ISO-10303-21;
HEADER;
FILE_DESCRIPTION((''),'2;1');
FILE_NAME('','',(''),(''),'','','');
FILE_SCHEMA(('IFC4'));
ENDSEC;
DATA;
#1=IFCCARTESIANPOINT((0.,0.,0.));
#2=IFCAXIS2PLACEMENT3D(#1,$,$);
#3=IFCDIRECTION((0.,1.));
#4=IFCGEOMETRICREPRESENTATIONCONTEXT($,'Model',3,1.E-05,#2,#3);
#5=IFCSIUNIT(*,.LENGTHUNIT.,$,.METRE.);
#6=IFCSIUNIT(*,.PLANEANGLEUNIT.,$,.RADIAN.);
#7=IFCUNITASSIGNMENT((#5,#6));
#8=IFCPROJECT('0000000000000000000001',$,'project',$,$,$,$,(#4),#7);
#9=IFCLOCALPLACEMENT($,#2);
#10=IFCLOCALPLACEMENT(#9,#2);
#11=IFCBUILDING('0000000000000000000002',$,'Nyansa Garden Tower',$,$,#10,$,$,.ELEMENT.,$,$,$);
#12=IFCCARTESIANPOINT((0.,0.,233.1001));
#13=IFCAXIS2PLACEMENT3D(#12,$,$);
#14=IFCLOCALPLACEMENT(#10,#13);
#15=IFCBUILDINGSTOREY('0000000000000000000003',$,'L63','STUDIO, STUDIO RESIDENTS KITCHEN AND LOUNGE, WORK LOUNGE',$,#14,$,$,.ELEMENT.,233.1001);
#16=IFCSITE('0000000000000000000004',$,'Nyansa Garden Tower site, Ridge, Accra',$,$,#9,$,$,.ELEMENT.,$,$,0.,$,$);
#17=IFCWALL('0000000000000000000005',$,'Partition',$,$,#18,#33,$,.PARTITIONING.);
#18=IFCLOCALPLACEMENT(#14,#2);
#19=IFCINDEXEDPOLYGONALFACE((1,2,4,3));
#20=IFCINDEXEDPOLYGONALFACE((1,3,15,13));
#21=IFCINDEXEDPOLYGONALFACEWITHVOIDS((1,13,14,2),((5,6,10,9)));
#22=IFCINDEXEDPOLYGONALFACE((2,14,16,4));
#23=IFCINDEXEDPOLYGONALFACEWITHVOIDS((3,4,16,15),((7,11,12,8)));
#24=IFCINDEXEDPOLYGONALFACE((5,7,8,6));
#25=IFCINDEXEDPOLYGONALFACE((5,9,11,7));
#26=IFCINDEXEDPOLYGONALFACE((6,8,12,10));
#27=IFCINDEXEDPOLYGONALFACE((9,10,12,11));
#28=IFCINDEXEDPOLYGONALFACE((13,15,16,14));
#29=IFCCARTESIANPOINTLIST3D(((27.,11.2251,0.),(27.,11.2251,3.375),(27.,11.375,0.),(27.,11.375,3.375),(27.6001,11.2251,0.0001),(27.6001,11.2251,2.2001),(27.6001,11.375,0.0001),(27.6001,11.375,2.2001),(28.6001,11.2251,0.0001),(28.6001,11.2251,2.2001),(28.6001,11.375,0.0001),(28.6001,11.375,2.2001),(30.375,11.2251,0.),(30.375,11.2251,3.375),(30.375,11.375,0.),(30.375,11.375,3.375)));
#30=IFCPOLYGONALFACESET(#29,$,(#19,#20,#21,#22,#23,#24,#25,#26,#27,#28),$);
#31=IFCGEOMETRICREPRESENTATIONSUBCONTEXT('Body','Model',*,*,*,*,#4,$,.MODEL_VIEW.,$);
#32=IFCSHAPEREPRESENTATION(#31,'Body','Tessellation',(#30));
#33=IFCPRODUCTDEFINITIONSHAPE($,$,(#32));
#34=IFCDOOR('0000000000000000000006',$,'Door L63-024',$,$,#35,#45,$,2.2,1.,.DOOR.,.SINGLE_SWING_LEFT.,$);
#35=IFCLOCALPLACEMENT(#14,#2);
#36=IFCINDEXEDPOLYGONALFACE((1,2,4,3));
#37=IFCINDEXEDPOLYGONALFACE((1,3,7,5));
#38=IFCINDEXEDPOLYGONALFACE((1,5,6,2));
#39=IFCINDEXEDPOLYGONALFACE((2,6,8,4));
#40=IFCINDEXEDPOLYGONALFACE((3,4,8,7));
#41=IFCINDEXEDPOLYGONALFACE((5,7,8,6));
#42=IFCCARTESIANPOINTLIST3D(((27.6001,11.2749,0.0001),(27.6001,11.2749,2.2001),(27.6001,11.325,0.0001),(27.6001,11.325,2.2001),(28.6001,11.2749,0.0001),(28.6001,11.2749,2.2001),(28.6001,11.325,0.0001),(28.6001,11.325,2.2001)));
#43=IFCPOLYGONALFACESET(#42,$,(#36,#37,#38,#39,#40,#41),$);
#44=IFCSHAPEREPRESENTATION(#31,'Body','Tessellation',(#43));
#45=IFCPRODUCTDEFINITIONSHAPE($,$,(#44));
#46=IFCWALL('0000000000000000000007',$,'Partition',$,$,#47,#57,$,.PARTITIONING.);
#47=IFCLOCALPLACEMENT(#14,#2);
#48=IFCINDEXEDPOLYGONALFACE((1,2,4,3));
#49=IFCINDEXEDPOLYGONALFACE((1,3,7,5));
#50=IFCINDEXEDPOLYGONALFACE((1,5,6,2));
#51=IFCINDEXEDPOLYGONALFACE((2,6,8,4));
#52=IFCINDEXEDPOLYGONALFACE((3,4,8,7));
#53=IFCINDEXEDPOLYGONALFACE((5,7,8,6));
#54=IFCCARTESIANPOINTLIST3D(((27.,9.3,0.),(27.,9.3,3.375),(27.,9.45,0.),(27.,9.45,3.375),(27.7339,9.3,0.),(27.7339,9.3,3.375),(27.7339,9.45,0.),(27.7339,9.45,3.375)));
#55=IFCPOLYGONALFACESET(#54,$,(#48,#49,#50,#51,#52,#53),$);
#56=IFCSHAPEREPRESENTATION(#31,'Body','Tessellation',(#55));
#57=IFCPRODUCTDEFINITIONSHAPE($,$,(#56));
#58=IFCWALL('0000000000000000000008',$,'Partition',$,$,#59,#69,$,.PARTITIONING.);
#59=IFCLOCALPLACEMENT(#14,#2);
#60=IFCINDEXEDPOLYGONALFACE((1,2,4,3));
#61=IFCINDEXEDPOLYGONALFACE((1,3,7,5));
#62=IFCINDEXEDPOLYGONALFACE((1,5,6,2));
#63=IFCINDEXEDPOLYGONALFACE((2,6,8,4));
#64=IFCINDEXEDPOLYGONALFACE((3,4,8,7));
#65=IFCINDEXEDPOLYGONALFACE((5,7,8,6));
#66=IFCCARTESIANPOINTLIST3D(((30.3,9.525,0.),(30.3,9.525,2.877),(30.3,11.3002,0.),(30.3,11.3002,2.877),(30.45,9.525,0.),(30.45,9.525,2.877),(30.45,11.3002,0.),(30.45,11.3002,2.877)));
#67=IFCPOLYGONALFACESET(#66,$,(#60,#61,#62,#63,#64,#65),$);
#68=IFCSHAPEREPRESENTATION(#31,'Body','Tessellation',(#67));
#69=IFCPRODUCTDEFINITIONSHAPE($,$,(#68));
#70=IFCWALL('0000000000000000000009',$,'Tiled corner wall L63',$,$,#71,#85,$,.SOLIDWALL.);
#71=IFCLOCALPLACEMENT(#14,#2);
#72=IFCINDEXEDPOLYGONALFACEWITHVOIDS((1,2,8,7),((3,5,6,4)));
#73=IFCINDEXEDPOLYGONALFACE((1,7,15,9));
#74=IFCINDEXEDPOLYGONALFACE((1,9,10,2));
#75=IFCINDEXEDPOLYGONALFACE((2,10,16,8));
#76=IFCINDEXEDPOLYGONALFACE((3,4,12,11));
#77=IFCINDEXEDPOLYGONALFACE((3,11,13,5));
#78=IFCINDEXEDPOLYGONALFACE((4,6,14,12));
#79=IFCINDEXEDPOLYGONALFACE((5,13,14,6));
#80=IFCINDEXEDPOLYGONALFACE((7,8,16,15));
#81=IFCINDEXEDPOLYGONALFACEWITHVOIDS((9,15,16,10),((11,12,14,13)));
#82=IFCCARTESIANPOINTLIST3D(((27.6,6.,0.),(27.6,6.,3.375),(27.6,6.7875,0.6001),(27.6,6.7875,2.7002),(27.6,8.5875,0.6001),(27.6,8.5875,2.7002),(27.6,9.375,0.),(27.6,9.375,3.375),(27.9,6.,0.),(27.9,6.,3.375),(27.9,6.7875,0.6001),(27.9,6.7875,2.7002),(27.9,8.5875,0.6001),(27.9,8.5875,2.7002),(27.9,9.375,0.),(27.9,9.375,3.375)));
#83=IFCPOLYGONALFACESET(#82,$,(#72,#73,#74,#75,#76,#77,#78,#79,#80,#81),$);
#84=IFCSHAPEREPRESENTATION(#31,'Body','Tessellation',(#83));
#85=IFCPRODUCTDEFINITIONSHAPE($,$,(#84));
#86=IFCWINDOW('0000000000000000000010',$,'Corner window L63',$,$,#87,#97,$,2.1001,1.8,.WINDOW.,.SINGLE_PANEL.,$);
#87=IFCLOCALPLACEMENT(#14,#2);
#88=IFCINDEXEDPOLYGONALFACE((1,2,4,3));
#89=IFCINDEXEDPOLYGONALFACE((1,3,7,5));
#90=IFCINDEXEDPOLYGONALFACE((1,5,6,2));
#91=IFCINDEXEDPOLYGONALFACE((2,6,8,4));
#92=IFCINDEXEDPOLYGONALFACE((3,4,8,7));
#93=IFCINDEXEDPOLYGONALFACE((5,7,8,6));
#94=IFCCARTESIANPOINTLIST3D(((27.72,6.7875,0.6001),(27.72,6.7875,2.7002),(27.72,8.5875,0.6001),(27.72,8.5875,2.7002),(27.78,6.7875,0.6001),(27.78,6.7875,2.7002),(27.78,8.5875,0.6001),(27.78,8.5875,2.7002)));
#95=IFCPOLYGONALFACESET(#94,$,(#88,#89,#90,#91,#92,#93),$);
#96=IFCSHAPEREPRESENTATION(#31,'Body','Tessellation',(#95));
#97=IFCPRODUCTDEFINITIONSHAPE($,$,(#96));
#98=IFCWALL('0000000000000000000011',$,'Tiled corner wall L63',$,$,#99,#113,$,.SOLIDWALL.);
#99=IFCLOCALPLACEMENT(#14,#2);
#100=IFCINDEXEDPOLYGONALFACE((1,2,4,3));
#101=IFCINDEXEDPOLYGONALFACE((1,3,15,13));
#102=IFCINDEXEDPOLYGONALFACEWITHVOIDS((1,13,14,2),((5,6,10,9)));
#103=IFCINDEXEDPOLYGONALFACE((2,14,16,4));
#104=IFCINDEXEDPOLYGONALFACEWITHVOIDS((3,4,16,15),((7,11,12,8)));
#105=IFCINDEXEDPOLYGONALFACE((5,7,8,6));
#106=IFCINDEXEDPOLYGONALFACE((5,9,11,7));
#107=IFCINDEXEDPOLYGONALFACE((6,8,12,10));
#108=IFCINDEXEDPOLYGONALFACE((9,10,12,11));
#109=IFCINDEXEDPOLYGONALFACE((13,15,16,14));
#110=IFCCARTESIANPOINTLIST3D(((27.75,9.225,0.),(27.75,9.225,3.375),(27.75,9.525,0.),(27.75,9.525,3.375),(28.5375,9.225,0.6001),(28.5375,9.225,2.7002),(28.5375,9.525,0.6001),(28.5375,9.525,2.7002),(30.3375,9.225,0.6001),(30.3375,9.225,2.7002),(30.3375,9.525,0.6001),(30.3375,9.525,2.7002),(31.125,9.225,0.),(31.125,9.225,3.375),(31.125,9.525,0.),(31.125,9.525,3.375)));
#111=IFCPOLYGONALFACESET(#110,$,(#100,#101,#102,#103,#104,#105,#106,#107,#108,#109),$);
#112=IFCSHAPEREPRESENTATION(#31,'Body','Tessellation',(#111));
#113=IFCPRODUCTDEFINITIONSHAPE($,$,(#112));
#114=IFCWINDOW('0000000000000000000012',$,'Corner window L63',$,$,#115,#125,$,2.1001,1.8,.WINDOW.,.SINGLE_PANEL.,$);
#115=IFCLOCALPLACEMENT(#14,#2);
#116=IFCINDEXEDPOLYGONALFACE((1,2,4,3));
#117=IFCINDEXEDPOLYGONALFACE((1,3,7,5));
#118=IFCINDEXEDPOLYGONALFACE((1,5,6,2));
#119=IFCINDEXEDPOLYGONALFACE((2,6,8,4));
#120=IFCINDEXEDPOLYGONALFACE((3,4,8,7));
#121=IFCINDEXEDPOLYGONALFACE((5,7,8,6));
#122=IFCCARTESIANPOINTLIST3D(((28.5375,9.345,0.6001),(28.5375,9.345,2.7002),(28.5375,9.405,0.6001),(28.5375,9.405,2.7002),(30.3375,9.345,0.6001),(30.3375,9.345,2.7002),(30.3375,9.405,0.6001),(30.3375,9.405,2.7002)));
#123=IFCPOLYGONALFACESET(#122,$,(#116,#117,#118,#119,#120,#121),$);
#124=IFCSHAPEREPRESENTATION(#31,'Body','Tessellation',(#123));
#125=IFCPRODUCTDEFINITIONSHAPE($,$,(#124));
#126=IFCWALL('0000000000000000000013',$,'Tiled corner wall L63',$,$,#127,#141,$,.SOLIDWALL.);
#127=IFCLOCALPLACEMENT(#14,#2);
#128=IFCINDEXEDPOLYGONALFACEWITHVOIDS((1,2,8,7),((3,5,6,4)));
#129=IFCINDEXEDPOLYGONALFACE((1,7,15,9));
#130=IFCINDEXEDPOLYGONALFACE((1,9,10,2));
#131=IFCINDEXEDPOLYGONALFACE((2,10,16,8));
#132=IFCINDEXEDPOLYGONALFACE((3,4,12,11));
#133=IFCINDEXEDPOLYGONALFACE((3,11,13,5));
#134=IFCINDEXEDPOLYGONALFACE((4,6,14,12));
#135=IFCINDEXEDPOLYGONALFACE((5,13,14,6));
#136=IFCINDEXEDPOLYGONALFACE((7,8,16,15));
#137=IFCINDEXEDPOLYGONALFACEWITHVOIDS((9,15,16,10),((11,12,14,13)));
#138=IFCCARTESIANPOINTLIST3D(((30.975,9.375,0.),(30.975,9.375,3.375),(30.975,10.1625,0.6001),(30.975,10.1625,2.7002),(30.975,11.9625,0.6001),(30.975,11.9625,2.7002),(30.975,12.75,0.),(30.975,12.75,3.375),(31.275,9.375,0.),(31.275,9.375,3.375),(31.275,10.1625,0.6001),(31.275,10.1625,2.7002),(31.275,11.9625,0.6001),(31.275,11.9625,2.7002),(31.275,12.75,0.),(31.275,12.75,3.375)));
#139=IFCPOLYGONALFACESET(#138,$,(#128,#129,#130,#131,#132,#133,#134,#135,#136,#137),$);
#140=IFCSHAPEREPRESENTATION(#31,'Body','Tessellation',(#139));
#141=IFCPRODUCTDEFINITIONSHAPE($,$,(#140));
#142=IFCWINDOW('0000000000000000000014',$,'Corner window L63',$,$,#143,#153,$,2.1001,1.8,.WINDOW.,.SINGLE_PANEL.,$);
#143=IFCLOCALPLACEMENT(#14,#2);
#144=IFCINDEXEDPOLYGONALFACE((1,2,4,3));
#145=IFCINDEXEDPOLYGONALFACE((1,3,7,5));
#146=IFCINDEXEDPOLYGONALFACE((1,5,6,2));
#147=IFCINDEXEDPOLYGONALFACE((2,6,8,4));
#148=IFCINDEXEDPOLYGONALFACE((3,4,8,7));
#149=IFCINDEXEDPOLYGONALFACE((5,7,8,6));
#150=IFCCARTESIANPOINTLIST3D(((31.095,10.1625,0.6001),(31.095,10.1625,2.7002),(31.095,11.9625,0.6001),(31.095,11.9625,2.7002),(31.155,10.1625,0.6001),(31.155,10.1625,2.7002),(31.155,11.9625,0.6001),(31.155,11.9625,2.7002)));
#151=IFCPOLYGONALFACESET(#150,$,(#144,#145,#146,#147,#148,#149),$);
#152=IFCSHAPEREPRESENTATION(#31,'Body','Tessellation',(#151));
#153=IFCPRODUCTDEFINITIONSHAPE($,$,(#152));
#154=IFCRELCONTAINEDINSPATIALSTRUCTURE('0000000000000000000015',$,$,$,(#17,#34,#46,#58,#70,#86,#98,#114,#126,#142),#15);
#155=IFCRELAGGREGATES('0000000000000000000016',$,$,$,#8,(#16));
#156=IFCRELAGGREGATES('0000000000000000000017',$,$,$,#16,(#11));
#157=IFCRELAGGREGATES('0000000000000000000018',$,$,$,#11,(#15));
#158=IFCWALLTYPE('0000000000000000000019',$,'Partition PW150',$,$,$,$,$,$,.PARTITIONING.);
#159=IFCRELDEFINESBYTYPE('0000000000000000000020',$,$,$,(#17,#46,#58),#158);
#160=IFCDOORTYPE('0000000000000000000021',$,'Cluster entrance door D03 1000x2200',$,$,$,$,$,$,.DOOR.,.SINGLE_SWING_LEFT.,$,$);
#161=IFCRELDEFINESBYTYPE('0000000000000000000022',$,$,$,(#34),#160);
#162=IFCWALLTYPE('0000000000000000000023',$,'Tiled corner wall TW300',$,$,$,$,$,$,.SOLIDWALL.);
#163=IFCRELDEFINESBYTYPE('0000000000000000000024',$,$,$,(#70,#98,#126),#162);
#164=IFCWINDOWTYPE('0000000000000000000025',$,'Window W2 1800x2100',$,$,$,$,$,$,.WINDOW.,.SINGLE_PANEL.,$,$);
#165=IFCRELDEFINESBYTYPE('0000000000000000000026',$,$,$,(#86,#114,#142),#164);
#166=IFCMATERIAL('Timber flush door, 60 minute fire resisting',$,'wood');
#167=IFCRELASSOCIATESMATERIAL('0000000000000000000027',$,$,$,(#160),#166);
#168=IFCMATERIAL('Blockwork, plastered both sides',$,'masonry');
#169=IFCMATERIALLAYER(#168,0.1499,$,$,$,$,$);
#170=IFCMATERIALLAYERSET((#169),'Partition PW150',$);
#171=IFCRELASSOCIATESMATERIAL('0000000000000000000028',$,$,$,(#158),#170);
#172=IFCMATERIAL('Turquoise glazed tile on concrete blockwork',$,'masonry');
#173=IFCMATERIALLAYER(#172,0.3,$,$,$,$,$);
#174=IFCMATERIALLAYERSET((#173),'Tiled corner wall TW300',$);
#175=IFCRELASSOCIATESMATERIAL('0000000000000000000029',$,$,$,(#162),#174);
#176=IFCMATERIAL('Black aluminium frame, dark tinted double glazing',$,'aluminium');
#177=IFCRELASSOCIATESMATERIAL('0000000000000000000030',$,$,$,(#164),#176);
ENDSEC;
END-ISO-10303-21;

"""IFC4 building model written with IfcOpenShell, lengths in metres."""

from ifc_helpers import new_model, si_unit, direction, frame, frame_2d, origin, place, context, subcontext, project, spatial, rectangle, extrude, material, layer, layer_set, type_object, element, fill, save


model = new_model("IFC4")

# Units and contexts
model_context = context("Model", 3, precision=1e-05, world=origin(), true_north=direction((0.0, 1.0)))
body_context = subcontext(model_context, "Body", "Model", "MODEL_VIEW")
ifc_project = project(units=[si_unit("LENGTHUNIT", "METRE"), si_unit("PLANEANGLEUNIT", "RADIAN")], contexts=[model_context])

# Site, building, storey
site_placement = place(None, origin())
site = spatial("IfcSite", under=ifc_project, at=site_placement, Name="Nyansa Garden Tower site, Ridge, Accra", CompositionType="ELEMENT", RefElevation=0.0)
building_placement = place(site_placement, origin())
building = spatial("IfcBuilding", under=site, at=building_placement, Name="Nyansa Garden Tower", CompositionType="ELEMENT")
storey_placement = place(building_placement, frame((0.0, 0.0, 233.1001)))
storey = spatial("IfcBuildingStorey", under=building, at=storey_placement, Name="L63", Description="STUDIO, STUDIO RESIDENTS KITCHEN AND LOUNGE, WORK LOUNGE", CompositionType="ELEMENT", Elevation=233.1001)

# Shared definitions
ifc_material_1 = material(Name="Timber flush door, 60 minute fire resisting", Category="wood")
door_type_1 = type_object("IfcDoorType", Name="Cluster entrance door D03 1000x2200", OperationType="SINGLE_SWING_LEFT", PredefinedType="DOOR", material=ifc_material_1)

# Wall, opening, door
ifc_material_2 = material(Name="Blockwork, plastered both sides", Category="masonry")
ifc_layer_1 = layer(ifc_material_2, 0.1499)
ifc_layer_set_1 = layer_set([ifc_layer_1], Name="Partition PW150")
wall_type_1 = type_object("IfcWallType", Name="Partition PW150", PredefinedType="PARTITIONING", material=ifc_layer_set_1)
wall_1_placement = place(storey_placement, frame((27.0, 11.3, 0.0), z_axis=(0.0, 0.0, 1.0), x_axis=(1.0, 0.0, 0.0)))
wall_1 = element("IfcWall", 1, at=wall_1_placement, inside=storey, type_object=wall_type_1, Name="Partition", PredefinedType="PARTITIONING", context=body_context, shape_type="SweptSolid", body=[
    extrude(rectangle(XDim=3.375, YDim=0.1499, at=frame_2d((1.6875, 0.0))), origin(), (0.0, 0.0, 1.0), 3.375),
])
opening_1_placement = place(wall_1_placement, frame((0.6001, 0.0, 0.0)))
opening_1 = element("IfcOpeningElement", 2, at=opening_1_placement, cuts=wall_1, PredefinedType="OPENING", context=body_context, shape_type="SweptSolid", body=[
    extrude(rectangle(XDim=1.0, YDim=2.2, at=frame_2d((0.5, 1.1001))), frame((0.0, 0.085, 0.0), z_axis=(0.0, -1.0, 0.0), x_axis=(1.0, 0.0, 0.0)), (0.0, 0.0, 1.0), 0.1699),
])
door_1_placement = place(opening_1_placement, origin())
door_1 = element("IfcDoor", 3, at=door_1_placement, inside=storey, type_object=door_type_1, Name="Door L63-024", OperationType="SINGLE_SWING_LEFT", OverallHeight=2.2, OverallWidth=1.0, PredefinedType="DOOR", context=body_context, shape_type="SweptSolid", body=[
    extrude(rectangle(XDim=1.0, YDim=2.2, at=frame_2d((0.5, 1.1001))), frame((0.0, 0.0249, 0.0), z_axis=(0.0, -1.0, 0.0), x_axis=(1.0, 0.0, 0.0)), (0.0, 0.0, 1.0), 0.05),
])
fill(opening_1, door_1)

# Walls
wall_2_placement = place(storey_placement, frame((27.0, 9.375, 0.0), z_axis=(0.0, 0.0, 1.0), x_axis=(1.0, 0.0, 0.0)))
element("IfcWall", 4, at=wall_2_placement, inside=storey, type_object=wall_type_1, Name="Partition", PredefinedType="PARTITIONING", context=body_context, shape_type="SweptSolid", body=[
    extrude(rectangle(XDim=0.7339, YDim=0.1499, at=frame_2d((0.3669, 0.0))), origin(), (0.0, 0.0, 1.0), 3.375),
])
wall_3_placement = place(storey_placement, frame((30.375, 9.5249, 0.0), z_axis=(0.0, 0.0, 1.0), x_axis=(0.0, 1.0, 0.0)))
element("IfcWall", 5, at=wall_3_placement, inside=storey, type_object=wall_type_1, Name="Partition", PredefinedType="PARTITIONING", context=body_context, shape_type="SweptSolid", body=[
    extrude(rectangle(XDim=1.7751, YDim=0.1499, at=frame_2d((0.8877, 0.0))), origin(), (0.0, 0.0, 1.0), 2.877),
])

# Walls, openings, windows
ifc_material_3 = material(Name="Turquoise glazed tile on concrete blockwork", Category="masonry")
ifc_layer_2 = layer(ifc_material_3, 0.3)
ifc_layer_set_2 = layer_set([ifc_layer_2], Name="Tiled corner wall TW300")
wall_type_2 = type_object("IfcWallType", Name="Tiled corner wall TW300", PredefinedType="SOLIDWALL", material=ifc_layer_set_2)
wall_4_placement = place(storey_placement, frame((27.75, 6.0, 0.0), z_axis=(0.0, 0.0, 1.0), x_axis=(0.0, 1.0, 0.0)))
wall_4 = element("IfcWall", 6, at=wall_4_placement, inside=storey, type_object=wall_type_2, Name="Tiled corner wall L63", PredefinedType="SOLIDWALL", context=body_context, shape_type="SweptSolid", body=[
    extrude(rectangle(XDim=3.375, YDim=0.3, at=frame_2d((1.6875, 0.0))), origin(), (0.0, 0.0, 1.0), 3.375),
])
opening_2_placement = place(wall_4_placement, frame((0.7876, 0.0, 0.6001)))
opening_2 = element("IfcOpeningElement", 7, at=opening_2_placement, cuts=wall_4, PredefinedType="OPENING", context=body_context, shape_type="SweptSolid", body=[
    extrude(rectangle(XDim=1.8, YDim=2.1001, at=frame_2d((0.8999, 1.05))), frame((0.0, 0.1599, 0.0), z_axis=(0.0, -1.0, 0.0), x_axis=(1.0, 0.0, 0.0)), (0.0, 0.0, 1.0), 0.3201),
])
ifc_material_4 = material(Name="Black aluminium frame, dark tinted double glazing", Category="aluminium")
window_type = type_object("IfcWindowType", Name="Window W2 1800x2100", PartitioningType="SINGLE_PANEL", PredefinedType="WINDOW", material=ifc_material_4)
window_1_placement = place(opening_2_placement, origin())
window_1 = element("IfcWindow", 8, at=window_1_placement, inside=storey, type_object=window_type, Name="Corner window L63", OverallHeight=2.1001, OverallWidth=1.8, PartitioningType="SINGLE_PANEL", PredefinedType="WINDOW", context=body_context, shape_type="SweptSolid", body=[
    extrude(rectangle(XDim=1.8, YDim=2.1001, at=frame_2d((0.8999, 1.05))), frame((0.0, 0.03, 0.0), z_axis=(0.0, -1.0, 0.0), x_axis=(1.0, 0.0, 0.0)), (0.0, 0.0, 1.0), 0.0601),
])
fill(opening_2, window_1)
wall_5_placement = place(storey_placement, frame((27.75, 9.375, 0.0), z_axis=(0.0, 0.0, 1.0), x_axis=(1.0, 0.0, 0.0)))
wall_5 = element("IfcWall", 9, at=wall_5_placement, inside=storey, type_object=wall_type_2, Name="Tiled corner wall L63", PredefinedType="SOLIDWALL", context=body_context, shape_type="SweptSolid", body=[
    extrude(rectangle(XDim=3.375, YDim=0.3, at=frame_2d((1.6875, 0.0))), origin(), (0.0, 0.0, 1.0), 3.375),
])
opening_3_placement = place(wall_5_placement, frame((0.7876, 0.0, 0.6001)))
opening_3 = element("IfcOpeningElement", 10, at=opening_3_placement, cuts=wall_5, PredefinedType="OPENING", context=body_context, shape_type="SweptSolid", body=[
    extrude(rectangle(XDim=1.8, YDim=2.1001, at=frame_2d((0.8999, 1.05))), frame((0.0, 0.1599, 0.0), z_axis=(0.0, -1.0, 0.0), x_axis=(1.0, 0.0, 0.0)), (0.0, 0.0, 1.0), 0.3201),
])
window_2_placement = place(opening_3_placement, origin())
window_2 = element("IfcWindow", 11, at=window_2_placement, inside=storey, type_object=window_type, Name="Corner window L63", OverallHeight=2.1001, OverallWidth=1.8, PartitioningType="SINGLE_PANEL", PredefinedType="WINDOW", context=body_context, shape_type="SweptSolid", body=[
    extrude(rectangle(XDim=1.8, YDim=2.1001, at=frame_2d((0.8999, 1.05))), frame((0.0, 0.03, 0.0), z_axis=(0.0, -1.0, 0.0), x_axis=(1.0, 0.0, 0.0)), (0.0, 0.0, 1.0), 0.0601),
])
fill(opening_3, window_2)
wall_6_placement = place(storey_placement, frame((31.125, 9.375, 0.0), z_axis=(0.0, 0.0, 1.0), x_axis=(0.0, 1.0, 0.0)))
wall_6 = element("IfcWall", 12, at=wall_6_placement, inside=storey, type_object=wall_type_2, Name="Tiled corner wall L63", PredefinedType="SOLIDWALL", context=body_context, shape_type="SweptSolid", body=[
    extrude(rectangle(XDim=3.375, YDim=0.3, at=frame_2d((1.6875, 0.0))), origin(), (0.0, 0.0, 1.0), 3.375),
])
opening_4_placement = place(wall_6_placement, frame((0.7876, 0.0, 0.6001)))
opening_4 = element("IfcOpeningElement", 13, at=opening_4_placement, cuts=wall_6, PredefinedType="OPENING", context=body_context, shape_type="SweptSolid", body=[
    extrude(rectangle(XDim=1.8, YDim=2.1001, at=frame_2d((0.8999, 1.05))), frame((0.0, 0.1599, 0.0), z_axis=(0.0, -1.0, 0.0), x_axis=(1.0, 0.0, 0.0)), (0.0, 0.0, 1.0), 0.3201),
])
window_3_placement = place(opening_4_placement, origin())
window_3 = element("IfcWindow", 14, at=window_3_placement, inside=storey, type_object=window_type, Name="Corner window L63", OverallHeight=2.1001, OverallWidth=1.8, PartitioningType="SINGLE_PANEL", PredefinedType="WINDOW", context=body_context, shape_type="SweptSolid", body=[
    extrude(rectangle(XDim=1.8, YDim=2.1001, at=frame_2d((0.8999, 1.05))), frame((0.0, 0.03, 0.0), z_axis=(0.0, -1.0, 0.0), x_axis=(1.0, 0.0, 0.0)), (0.0, 0.0, 1.0), 0.0601),
])
fill(opening_4, window_3)

save(model, "model.ifc")
